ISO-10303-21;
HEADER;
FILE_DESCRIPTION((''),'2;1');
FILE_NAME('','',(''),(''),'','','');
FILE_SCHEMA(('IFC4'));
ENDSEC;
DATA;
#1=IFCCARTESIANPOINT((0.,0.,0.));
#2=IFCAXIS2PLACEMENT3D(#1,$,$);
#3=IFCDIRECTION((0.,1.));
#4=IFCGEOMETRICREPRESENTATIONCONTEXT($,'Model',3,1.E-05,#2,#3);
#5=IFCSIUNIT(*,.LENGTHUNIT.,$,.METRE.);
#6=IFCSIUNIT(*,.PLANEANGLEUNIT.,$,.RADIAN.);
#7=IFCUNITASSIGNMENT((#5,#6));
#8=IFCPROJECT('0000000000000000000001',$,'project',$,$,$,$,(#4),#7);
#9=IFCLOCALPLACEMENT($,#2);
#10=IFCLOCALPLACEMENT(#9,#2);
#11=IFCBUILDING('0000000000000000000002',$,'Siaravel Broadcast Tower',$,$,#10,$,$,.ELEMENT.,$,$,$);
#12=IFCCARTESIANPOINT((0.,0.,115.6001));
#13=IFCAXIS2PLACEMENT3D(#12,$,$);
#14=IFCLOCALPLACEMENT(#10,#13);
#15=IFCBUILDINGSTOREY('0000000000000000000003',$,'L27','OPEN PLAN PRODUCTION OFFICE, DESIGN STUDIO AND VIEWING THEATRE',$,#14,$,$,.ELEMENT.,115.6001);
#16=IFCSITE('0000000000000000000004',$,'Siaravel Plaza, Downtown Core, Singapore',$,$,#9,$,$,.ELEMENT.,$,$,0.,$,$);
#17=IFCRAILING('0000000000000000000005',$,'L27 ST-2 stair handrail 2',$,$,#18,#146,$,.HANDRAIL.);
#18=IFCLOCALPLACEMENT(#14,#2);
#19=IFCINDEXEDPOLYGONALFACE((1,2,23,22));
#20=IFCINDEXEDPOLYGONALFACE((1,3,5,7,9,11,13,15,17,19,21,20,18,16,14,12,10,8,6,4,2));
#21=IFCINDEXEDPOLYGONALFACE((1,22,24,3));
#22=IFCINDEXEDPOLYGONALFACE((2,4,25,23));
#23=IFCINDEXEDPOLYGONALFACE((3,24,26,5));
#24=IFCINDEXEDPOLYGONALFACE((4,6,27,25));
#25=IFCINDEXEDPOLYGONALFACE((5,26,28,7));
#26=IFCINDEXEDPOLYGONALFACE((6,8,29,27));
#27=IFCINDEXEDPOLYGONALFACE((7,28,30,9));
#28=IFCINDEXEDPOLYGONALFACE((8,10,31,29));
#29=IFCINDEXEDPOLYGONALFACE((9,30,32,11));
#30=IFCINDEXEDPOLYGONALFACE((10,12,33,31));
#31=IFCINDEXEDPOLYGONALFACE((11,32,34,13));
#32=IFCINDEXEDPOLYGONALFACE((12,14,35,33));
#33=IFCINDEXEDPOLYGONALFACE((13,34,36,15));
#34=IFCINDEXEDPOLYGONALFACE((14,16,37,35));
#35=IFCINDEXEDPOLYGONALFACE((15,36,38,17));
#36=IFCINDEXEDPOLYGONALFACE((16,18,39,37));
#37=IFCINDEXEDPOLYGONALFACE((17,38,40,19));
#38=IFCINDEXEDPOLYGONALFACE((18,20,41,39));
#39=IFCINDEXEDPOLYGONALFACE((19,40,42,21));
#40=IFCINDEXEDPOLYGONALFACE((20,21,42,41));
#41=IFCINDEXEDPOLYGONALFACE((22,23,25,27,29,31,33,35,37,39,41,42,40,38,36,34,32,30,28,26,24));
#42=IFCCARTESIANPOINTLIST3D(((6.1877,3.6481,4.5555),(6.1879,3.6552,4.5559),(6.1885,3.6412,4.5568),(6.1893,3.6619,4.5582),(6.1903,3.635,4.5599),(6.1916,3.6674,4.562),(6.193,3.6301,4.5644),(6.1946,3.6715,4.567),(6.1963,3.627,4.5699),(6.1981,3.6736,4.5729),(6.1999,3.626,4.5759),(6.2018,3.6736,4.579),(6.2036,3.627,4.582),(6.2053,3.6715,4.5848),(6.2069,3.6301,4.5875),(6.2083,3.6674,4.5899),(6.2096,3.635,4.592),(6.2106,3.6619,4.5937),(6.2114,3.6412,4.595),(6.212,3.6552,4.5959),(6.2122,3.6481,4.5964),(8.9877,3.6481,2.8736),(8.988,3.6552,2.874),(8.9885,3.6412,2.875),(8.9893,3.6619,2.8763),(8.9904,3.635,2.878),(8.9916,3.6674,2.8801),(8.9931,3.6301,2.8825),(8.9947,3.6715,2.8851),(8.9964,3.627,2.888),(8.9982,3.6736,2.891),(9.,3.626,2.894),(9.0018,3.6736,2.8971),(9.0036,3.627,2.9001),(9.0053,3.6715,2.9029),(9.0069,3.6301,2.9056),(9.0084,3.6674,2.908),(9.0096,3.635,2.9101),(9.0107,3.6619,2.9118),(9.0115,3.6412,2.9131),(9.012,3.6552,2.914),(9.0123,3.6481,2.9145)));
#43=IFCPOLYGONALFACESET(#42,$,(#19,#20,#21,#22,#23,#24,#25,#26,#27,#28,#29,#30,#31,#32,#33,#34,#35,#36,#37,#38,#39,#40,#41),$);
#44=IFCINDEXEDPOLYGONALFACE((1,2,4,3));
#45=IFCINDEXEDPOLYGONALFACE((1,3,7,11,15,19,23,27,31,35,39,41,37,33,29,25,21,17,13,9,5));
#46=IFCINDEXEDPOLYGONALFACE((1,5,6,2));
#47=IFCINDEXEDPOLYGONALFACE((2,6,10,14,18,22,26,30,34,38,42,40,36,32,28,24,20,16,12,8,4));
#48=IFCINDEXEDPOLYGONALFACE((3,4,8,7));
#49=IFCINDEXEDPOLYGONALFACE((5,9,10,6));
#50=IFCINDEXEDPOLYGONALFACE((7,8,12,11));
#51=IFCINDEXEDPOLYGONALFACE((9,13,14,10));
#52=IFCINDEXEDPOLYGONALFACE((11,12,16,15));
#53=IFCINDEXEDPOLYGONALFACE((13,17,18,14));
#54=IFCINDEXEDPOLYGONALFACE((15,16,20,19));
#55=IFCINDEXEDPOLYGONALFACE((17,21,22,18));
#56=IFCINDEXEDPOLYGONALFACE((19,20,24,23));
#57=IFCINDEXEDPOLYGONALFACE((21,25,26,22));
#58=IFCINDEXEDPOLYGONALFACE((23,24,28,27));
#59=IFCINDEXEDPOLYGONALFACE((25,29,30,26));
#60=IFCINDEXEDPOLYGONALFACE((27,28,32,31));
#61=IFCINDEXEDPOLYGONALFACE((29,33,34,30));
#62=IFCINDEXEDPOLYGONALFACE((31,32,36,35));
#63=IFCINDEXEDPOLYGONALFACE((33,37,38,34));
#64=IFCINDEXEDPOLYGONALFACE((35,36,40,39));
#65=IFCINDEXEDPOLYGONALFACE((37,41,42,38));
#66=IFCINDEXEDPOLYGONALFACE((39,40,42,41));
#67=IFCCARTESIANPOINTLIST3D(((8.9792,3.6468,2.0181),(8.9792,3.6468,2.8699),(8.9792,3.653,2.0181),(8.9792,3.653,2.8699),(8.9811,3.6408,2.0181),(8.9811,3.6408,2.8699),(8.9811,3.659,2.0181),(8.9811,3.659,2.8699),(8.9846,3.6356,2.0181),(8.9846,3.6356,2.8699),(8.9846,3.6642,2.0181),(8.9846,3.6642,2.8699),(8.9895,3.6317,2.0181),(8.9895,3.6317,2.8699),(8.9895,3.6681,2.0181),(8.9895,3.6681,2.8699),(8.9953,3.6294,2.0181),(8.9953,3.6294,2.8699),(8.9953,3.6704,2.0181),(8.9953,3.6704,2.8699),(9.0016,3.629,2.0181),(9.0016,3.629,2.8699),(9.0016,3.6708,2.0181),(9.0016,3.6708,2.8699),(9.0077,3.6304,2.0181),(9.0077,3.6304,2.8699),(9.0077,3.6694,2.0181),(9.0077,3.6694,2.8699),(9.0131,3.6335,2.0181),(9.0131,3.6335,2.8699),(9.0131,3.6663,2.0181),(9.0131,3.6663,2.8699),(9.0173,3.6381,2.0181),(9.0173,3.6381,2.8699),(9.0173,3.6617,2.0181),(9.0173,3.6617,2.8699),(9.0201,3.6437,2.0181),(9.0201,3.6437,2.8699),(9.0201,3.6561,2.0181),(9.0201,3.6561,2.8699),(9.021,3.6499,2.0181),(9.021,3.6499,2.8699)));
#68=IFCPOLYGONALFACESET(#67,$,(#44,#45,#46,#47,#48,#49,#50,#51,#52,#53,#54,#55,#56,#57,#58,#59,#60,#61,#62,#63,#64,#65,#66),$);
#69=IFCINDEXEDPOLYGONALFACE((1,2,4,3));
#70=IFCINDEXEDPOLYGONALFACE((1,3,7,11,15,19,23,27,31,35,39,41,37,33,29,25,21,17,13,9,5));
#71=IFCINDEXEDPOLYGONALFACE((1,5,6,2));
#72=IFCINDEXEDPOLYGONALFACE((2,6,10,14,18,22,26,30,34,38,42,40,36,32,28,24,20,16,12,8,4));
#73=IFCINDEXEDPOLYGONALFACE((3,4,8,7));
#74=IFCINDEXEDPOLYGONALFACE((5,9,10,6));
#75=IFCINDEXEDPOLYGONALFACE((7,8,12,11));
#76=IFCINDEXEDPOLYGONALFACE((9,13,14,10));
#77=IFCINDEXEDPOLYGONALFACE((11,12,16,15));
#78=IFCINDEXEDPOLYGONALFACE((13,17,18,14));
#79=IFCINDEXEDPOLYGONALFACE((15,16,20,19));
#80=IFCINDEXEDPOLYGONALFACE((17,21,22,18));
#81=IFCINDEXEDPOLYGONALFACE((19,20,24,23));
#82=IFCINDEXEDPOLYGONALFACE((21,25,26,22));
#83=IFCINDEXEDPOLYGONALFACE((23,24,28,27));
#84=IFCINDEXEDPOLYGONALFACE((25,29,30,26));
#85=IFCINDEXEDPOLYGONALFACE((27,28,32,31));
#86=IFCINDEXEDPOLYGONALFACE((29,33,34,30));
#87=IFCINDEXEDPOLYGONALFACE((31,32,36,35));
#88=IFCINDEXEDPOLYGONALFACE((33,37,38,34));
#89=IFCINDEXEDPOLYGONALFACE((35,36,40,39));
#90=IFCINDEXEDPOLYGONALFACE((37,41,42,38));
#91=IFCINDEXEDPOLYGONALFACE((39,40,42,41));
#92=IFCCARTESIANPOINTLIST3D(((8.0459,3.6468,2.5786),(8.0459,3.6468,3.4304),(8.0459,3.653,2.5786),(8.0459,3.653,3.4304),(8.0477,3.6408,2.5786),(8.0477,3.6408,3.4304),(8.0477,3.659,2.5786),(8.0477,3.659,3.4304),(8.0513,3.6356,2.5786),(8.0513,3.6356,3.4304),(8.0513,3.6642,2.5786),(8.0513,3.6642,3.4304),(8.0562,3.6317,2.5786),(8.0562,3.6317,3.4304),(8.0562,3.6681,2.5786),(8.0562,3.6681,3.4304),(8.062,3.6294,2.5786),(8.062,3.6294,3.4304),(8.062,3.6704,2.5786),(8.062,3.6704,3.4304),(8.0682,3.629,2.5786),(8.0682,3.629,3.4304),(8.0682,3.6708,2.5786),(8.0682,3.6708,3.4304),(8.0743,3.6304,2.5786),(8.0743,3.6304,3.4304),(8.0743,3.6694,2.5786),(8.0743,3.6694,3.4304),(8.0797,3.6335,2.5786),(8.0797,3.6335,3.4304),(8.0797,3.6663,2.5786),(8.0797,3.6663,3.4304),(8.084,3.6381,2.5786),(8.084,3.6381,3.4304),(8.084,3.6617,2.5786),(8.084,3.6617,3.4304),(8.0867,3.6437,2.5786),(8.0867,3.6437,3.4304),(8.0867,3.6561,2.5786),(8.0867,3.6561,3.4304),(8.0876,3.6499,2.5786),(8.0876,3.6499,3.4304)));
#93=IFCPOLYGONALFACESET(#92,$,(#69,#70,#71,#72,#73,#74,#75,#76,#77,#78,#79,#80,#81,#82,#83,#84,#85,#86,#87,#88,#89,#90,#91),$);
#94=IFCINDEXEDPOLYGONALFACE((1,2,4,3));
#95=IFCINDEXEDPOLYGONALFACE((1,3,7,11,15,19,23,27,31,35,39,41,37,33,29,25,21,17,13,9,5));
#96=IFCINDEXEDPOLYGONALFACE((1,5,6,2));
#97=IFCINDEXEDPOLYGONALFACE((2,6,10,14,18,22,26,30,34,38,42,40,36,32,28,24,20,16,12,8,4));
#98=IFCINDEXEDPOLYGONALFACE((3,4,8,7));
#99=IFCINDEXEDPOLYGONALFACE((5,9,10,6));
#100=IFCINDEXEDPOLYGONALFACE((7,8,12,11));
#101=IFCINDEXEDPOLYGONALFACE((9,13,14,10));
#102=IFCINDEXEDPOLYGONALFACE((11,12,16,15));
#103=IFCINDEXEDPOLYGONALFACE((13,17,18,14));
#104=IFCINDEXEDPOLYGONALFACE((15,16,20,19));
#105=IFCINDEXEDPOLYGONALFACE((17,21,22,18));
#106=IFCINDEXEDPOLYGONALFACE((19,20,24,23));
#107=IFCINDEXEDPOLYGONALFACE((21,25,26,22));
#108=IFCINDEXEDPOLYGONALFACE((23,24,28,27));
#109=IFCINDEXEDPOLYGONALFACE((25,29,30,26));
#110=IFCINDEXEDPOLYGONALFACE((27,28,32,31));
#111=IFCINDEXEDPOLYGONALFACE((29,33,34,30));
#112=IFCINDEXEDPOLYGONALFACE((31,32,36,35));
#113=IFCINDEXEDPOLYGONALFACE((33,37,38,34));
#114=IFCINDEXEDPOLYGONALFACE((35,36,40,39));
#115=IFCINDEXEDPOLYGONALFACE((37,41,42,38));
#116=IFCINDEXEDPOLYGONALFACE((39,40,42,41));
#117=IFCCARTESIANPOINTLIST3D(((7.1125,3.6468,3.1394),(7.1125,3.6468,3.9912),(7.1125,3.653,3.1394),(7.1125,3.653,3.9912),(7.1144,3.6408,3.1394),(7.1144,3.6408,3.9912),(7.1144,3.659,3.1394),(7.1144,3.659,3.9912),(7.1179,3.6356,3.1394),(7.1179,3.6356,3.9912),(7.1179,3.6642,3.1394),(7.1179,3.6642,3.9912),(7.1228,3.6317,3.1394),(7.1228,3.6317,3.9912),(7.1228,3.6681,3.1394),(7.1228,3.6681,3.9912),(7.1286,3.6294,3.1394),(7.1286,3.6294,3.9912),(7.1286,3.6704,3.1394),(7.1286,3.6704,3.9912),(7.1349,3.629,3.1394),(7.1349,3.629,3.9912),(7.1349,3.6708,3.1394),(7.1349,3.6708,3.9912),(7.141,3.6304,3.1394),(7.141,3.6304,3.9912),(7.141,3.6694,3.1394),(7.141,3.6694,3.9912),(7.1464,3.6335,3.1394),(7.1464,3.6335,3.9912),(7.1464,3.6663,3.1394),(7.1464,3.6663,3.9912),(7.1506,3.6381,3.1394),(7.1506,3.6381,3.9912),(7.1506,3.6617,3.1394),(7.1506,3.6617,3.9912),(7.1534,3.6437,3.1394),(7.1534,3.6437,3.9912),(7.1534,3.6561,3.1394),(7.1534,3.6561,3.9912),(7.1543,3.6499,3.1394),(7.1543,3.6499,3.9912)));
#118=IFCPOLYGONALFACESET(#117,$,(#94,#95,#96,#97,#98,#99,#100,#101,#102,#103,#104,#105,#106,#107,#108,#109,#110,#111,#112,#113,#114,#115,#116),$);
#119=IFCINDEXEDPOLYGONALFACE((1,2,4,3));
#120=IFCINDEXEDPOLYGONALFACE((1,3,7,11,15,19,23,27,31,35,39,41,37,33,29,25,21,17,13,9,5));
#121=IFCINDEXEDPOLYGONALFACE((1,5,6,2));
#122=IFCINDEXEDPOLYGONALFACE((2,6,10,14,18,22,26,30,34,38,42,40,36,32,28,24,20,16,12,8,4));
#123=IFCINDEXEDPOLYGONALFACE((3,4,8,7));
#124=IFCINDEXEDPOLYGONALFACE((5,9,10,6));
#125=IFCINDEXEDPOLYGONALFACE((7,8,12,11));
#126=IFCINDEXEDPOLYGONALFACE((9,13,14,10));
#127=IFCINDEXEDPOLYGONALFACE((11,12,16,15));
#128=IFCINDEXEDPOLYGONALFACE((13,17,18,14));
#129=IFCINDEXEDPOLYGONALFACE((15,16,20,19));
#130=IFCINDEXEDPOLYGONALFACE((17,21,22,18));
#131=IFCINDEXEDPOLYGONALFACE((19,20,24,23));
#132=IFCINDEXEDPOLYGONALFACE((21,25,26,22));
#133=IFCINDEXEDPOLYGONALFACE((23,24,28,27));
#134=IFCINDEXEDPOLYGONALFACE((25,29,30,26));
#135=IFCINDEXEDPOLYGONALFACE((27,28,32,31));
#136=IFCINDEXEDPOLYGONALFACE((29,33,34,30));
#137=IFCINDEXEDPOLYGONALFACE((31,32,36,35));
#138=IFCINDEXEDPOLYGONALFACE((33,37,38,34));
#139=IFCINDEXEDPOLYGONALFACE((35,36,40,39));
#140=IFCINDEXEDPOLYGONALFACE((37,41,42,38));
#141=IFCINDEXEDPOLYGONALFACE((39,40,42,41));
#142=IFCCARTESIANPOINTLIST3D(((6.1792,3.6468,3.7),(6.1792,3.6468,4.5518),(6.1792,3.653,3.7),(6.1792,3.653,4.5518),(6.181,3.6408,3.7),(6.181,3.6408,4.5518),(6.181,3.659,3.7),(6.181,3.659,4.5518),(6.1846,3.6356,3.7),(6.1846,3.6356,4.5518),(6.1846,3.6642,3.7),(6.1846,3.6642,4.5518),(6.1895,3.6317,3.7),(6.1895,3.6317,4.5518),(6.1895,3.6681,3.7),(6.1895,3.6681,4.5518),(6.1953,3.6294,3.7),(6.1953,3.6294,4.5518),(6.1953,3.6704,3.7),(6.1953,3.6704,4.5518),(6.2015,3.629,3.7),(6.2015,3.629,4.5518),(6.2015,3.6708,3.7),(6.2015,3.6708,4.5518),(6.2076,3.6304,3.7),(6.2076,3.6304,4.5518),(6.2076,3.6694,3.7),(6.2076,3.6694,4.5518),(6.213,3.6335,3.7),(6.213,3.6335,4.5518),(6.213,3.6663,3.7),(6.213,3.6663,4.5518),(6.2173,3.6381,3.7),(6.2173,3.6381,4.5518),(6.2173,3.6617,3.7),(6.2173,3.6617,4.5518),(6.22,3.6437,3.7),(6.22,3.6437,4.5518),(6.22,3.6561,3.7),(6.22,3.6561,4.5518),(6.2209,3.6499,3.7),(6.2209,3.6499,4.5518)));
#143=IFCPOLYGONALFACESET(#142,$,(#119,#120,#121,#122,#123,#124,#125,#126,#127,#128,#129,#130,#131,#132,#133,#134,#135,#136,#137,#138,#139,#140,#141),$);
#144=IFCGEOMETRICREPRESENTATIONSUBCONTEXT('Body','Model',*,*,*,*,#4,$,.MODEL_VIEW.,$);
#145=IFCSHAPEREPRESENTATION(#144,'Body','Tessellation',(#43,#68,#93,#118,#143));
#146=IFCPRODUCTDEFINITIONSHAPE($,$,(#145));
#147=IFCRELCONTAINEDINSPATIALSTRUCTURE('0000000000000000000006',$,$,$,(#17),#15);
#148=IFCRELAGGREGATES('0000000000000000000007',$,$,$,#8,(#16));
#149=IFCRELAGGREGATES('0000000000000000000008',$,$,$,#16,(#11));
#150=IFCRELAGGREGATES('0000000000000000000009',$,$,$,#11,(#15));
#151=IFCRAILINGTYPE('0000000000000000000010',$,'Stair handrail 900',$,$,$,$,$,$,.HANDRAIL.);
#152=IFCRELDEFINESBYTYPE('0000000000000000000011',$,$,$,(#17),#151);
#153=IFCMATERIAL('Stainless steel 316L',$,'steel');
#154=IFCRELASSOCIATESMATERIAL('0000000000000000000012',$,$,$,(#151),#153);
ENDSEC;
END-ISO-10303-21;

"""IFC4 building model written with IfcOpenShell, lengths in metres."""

from ifc_helpers import new_model, si_unit, direction, frame, origin, origin_2d, place, context, subcontext, project, spatial, circle, extrude, material, type_object, element, save


model = new_model("IFC4")

# Units and contexts
model_context = context("Model", 3, precision=1e-05, world=origin(), true_north=direction((0.0, 1.0)))
body_context = subcontext(model_context, "Body", "Model", "MODEL_VIEW")
ifc_project = project(units=[si_unit("LENGTHUNIT", "METRE"), si_unit("PLANEANGLEUNIT", "RADIAN")], contexts=[model_context])

# Site, building, storey
site_placement = place(None, origin())
site = spatial("IfcSite", under=ifc_project, at=site_placement, Name="Siaravel Plaza, Downtown Core, Singapore", CompositionType="ELEMENT", RefElevation=0.0)
building_placement = place(site_placement, origin())
building = spatial("IfcBuilding", under=site, at=building_placement, Name="Siaravel Broadcast Tower", CompositionType="ELEMENT")
storey_placement = place(building_placement, frame((0.0, 0.0, 115.6001)))
storey = spatial("IfcBuildingStorey", under=building, at=storey_placement, Name="L27", Description="OPEN PLAN PRODUCTION OFFICE, DESIGN STUDIO AND VIEWING THEATRE", CompositionType="ELEMENT", Elevation=115.6001)

# Railing
ifc_material_1 = material(Name="Stainless steel 316L", Category="steel")
railing_type_1 = type_object("IfcRailingType", Name="Stair handrail 900", PredefinedType="HANDRAIL", material=ifc_material_1)
railing_1_placement = place(storey_placement, frame((9.0, 3.6499, 2.0181)))
element("IfcRailing", 1, at=railing_1_placement, inside=storey, type_object=railing_type_1, Name="L27 ST-2 stair handrail 2", PredefinedType="HANDRAIL", context=body_context, shape_type="SweptSolid", body=[
    extrude(circle(Radius=0.0239, at=origin_2d()), frame((0.0, 0.0, 0.876), z_axis=(-0.857242, 0.0, 0.514913), x_axis=(0.0, -1.0, 0.0)), (0.0, 0.0, 1.0), 3.2664),
    extrude(circle(Radius=0.021, at=origin_2d()), origin(), (0.0, 0.0, 1.0), 0.8518),
    extrude(circle(Radius=0.021, at=origin_2d()), frame((-0.9333, 0.0, 0.5605)), (0.0, 0.0, 1.0), 0.8518),
    extrude(circle(Radius=0.021, at=origin_2d()), frame((-1.8667, 0.0, 1.1213)), (0.0, 0.0, 1.0), 0.8518),
    extrude(circle(Radius=0.021, at=origin_2d()), frame((-2.8, 0.0, 1.6819)), (0.0, 0.0, 1.0), 0.8518),
])

save(model, "model.ifc")
